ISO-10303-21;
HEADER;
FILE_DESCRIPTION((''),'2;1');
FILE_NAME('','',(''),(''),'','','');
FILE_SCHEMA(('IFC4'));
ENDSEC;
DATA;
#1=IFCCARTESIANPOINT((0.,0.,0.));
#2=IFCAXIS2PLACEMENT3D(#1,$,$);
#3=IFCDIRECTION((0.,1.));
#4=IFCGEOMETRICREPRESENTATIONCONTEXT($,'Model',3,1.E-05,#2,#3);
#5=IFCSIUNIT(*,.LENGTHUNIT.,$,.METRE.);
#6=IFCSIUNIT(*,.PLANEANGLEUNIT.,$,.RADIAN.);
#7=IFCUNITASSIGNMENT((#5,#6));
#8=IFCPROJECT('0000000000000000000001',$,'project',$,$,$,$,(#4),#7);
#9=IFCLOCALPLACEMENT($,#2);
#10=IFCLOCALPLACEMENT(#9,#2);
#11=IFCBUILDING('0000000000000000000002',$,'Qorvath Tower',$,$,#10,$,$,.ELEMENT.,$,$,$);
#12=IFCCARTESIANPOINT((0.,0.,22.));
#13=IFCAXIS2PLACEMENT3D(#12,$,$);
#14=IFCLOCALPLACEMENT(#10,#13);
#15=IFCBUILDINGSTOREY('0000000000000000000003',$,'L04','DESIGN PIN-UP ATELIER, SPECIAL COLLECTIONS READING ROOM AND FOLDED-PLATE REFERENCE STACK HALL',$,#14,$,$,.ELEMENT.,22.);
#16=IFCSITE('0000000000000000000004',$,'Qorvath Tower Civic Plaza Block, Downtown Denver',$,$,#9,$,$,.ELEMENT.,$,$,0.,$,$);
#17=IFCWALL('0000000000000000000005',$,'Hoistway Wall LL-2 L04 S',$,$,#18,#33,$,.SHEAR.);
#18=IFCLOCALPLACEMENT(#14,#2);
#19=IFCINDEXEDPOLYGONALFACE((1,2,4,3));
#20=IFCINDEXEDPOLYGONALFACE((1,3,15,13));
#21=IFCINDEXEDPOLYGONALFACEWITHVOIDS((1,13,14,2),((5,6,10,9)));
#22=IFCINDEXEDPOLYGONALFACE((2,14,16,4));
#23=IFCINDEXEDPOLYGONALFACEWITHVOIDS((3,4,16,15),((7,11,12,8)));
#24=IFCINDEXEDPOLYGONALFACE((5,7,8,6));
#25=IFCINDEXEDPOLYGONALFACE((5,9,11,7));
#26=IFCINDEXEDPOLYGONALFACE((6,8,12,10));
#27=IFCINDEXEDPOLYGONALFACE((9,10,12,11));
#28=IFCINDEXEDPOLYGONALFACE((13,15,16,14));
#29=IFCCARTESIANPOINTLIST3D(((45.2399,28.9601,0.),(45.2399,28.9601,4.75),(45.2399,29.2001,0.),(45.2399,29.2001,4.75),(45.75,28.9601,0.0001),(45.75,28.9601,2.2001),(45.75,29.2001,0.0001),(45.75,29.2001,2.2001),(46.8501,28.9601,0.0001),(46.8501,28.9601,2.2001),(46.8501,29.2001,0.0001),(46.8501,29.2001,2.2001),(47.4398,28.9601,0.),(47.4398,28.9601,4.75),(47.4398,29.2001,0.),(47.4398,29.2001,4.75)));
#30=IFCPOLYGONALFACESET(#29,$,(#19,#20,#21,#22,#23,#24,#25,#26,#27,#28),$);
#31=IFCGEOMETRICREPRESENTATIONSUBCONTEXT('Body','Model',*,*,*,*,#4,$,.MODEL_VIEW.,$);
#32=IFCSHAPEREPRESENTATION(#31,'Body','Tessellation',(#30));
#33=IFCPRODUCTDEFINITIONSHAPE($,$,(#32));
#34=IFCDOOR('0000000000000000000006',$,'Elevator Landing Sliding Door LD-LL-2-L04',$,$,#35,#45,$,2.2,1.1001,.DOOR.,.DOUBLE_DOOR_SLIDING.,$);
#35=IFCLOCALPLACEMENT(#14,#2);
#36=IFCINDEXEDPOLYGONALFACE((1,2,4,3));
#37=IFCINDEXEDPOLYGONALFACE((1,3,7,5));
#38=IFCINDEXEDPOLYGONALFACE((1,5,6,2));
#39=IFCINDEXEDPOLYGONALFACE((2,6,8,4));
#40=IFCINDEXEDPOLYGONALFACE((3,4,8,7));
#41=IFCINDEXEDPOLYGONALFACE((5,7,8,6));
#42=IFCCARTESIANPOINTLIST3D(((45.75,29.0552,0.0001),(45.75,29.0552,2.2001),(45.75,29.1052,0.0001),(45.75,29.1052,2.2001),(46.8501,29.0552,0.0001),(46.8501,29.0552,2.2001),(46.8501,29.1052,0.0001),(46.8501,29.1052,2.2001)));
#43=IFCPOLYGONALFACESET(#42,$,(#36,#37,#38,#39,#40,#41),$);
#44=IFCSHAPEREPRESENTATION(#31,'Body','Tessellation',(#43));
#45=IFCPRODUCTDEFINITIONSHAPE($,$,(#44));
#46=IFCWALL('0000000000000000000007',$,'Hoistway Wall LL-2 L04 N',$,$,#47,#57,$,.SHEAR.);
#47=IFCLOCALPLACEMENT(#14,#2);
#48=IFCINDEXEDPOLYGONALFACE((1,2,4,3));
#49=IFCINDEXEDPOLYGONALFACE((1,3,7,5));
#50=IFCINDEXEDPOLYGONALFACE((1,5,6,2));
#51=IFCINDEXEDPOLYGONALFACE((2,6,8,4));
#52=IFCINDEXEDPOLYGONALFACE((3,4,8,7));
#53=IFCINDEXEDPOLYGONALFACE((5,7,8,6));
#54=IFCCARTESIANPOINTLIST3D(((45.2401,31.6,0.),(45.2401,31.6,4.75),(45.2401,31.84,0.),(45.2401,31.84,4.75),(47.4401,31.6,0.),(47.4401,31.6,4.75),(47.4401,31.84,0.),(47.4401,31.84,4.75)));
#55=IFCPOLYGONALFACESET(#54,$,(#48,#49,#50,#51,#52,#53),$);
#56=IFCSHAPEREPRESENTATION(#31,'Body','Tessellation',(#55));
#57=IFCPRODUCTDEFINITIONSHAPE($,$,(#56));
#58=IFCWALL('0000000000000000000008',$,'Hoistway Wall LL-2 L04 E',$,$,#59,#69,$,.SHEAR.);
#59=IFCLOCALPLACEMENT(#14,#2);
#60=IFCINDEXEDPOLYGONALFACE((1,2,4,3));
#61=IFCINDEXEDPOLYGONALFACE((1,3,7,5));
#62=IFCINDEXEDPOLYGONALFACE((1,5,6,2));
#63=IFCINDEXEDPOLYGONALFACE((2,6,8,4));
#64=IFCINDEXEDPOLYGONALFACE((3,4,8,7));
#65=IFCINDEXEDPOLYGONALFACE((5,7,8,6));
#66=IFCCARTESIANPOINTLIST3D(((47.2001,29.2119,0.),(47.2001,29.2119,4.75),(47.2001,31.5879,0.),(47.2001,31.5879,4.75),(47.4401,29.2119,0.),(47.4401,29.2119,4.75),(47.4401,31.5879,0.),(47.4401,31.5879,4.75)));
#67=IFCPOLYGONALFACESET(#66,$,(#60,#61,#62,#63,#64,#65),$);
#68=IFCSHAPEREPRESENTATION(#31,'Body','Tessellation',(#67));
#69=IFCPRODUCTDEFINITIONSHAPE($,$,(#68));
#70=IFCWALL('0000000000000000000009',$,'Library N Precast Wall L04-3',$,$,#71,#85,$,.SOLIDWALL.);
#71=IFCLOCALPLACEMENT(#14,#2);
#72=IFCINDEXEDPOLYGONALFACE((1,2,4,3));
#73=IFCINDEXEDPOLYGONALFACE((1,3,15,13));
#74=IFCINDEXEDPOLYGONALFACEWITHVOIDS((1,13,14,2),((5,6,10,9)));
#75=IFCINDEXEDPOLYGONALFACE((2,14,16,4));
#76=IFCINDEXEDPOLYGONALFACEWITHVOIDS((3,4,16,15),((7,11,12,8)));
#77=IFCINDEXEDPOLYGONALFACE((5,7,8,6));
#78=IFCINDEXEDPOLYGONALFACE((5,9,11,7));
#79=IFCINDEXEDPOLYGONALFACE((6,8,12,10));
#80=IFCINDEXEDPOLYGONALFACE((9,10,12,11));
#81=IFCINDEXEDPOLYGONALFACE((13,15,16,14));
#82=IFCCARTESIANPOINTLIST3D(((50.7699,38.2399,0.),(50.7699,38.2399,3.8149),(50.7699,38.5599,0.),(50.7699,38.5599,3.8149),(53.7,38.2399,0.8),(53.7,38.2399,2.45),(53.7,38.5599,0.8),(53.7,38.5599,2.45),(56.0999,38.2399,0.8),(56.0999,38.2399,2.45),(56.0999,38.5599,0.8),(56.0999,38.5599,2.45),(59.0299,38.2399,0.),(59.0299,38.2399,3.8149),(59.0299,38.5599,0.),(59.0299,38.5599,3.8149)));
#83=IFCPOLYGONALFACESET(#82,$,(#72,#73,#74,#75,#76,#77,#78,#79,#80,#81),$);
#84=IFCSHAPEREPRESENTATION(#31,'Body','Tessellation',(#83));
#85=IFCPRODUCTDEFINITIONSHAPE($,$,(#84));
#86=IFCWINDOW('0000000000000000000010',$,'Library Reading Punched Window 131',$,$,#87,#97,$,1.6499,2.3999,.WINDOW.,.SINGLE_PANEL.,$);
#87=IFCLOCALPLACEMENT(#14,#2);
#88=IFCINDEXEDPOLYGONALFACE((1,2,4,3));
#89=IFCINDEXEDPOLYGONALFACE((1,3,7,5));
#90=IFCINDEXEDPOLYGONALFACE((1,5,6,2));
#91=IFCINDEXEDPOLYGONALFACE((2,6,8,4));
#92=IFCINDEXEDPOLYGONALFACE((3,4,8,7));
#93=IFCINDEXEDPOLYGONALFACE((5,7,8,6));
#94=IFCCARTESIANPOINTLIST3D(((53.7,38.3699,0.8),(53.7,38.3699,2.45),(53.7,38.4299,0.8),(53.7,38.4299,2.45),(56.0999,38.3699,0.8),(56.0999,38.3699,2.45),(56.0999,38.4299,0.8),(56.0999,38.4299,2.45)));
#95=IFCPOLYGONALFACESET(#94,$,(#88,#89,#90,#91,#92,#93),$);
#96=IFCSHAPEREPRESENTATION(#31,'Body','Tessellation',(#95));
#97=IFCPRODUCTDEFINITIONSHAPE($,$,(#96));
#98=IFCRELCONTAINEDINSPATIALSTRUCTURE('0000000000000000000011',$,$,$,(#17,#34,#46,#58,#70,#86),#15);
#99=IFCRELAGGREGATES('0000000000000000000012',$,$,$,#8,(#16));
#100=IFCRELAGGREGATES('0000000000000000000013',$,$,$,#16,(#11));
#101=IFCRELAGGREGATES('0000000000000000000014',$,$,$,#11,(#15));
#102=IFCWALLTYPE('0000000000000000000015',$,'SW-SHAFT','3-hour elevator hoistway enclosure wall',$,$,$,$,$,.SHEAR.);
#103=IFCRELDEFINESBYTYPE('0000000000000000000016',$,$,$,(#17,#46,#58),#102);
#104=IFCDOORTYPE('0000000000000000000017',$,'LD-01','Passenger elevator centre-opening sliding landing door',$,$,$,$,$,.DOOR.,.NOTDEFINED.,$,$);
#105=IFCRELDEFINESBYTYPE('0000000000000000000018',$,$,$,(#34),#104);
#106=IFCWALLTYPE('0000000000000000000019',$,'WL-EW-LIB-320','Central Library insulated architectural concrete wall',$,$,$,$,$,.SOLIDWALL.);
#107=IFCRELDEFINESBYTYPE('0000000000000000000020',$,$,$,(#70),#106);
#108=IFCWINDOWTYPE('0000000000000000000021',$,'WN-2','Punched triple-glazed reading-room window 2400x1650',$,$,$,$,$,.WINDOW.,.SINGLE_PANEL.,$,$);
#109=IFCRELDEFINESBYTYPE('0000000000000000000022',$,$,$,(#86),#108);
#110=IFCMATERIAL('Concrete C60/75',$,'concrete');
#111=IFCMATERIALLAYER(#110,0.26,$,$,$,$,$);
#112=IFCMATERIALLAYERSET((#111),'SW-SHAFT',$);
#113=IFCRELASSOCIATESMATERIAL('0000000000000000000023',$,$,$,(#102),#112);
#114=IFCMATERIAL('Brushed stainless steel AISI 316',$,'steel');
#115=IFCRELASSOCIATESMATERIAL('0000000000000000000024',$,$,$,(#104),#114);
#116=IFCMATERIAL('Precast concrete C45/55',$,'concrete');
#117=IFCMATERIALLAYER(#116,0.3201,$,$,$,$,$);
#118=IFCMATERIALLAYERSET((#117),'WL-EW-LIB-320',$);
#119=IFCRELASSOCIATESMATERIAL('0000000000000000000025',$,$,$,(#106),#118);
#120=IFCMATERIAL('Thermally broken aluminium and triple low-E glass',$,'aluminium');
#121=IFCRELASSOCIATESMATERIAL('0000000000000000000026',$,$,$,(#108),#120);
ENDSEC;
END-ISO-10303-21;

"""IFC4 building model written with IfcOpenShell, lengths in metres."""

from ifc_helpers import new_model, si_unit, direction, frame, frame_2d, origin, place, context, subcontext, project, spatial, rectangle, extrude, material, layer, layer_set, type_object, element, fill, save


model = new_model("IFC4")

# Units and contexts
model_context = context("Model", 3, precision=1e-05, world=origin(), true_north=direction((0.0, 1.0)))
body_context = subcontext(model_context, "Body", "Model", "MODEL_VIEW")
ifc_project = project(units=[si_unit("LENGTHUNIT", "METRE"), si_unit("PLANEANGLEUNIT", "RADIAN")], contexts=[model_context])

# Site, building, storey
site_placement = place(None, origin())
site = spatial("IfcSite", under=ifc_project, at=site_placement, Name="Qorvath Tower Civic Plaza Block, Downtown Denver", CompositionType="ELEMENT", RefElevation=0.0)
building_placement = place(site_placement, origin())
building = spatial("IfcBuilding", under=site, at=building_placement, Name="Qorvath Tower", CompositionType="ELEMENT")
storey_placement = place(building_placement, frame((0.0, 0.0, 22.0)))
storey = spatial("IfcBuildingStorey", under=building, at=storey_placement, Name="L04", Description="DESIGN PIN-UP ATELIER, SPECIAL COLLECTIONS READING ROOM AND FOLDED-PLATE REFERENCE STACK HALL", CompositionType="ELEMENT", Elevation=22.0)

# Shared definitions
ifc_material_1 = material(Name="Concrete C60/75", Category="concrete")
ifc_layer_1 = layer(ifc_material_1, 0.26)
ifc_layer_set_1 = layer_set([ifc_layer_1], Name="SW-SHAFT")
wall_type_1 = type_object("IfcWallType", Name="SW-SHAFT", Description="3-hour elevator hoistway enclosure wall", PredefinedType="SHEAR", material=ifc_layer_set_1)
ifc_material_2 = material(Name="Brushed stainless steel AISI 316", Category="steel")
door_type = type_object("IfcDoorType", Name="LD-01", Description="Passenger elevator centre-opening sliding landing door", OperationType="NOTDEFINED", PredefinedType="DOOR", material=ifc_material_2)

# Wall, opening, door
wall_1_placement = place(storey_placement, frame((47.4399, 29.0801, 0.0), z_axis=(0.0, 0.0, 1.0), x_axis=(-1.0, 0.0, 0.0)))
wall_1 = element("IfcWall", 1, at=wall_1_placement, inside=storey, type_object=wall_type_1, Name="Hoistway Wall LL-2 L04 S", PredefinedType="SHEAR", context=body_context, shape_type="SweptSolid", body=[
    extrude(rectangle(XDim=2.2, YDim=0.24, at=frame_2d((1.1001, 0.0))), origin(), (0.0, 0.0, 1.0), 4.75),
])
opening_1_placement = place(wall_1_placement, frame((0.5898, 0.0, 0.0)))
opening_1 = element("IfcOpeningElement", 2, at=opening_1_placement, cuts=wall_1, PredefinedType="OPENING", context=body_context, shape_type="SweptSolid", body=[
    extrude(rectangle(XDim=1.1001, YDim=2.2, at=frame_2d((0.55, 1.1001))), frame((0.0, 0.1299, 0.0), z_axis=(0.0, -1.0, 0.0), x_axis=(1.0, 0.0, 0.0)), (0.0, 0.0, 1.0), 0.26),
])
door_1_placement = place(opening_1_placement, origin())
door_1 = element("IfcDoor", 3, at=door_1_placement, inside=storey, type_object=door_type, Name="Elevator Landing Sliding Door LD-LL-2-L04", OperationType="DOUBLE_DOOR_SLIDING", OverallHeight=2.2, OverallWidth=1.1001, PredefinedType="DOOR", context=body_context, shape_type="SweptSolid", body=[
    extrude(rectangle(XDim=1.1001, YDim=2.2, at=frame_2d((0.55, 1.1001))), frame((0.0, 0.0249, 0.0), z_axis=(0.0, -1.0, 0.0), x_axis=(1.0, 0.0, 0.0)), (0.0, 0.0, 1.0), 0.05),
])
fill(opening_1, door_1)

# Walls
wall_2_placement = place(storey_placement, frame((45.24, 31.72, 0.0), z_axis=(0.0, 0.0, 1.0), x_axis=(1.0, 0.0, 0.0)))
element("IfcWall", 4, at=wall_2_placement, inside=storey, type_object=wall_type_1, Name="Hoistway Wall LL-2 L04 N", PredefinedType="SHEAR", context=body_context, shape_type="SweptSolid", body=[
    extrude(rectangle(XDim=2.2, YDim=0.24, at=frame_2d((1.1001, 0.0))), origin(), (0.0, 0.0, 1.0), 4.75),
])
wall_3_placement = place(storey_placement, frame((47.3201, 31.5879, 0.0), z_axis=(0.0, 0.0, 1.0), x_axis=(0.0, -1.0, 0.0)))
element("IfcWall", 5, at=wall_3_placement, inside=storey, type_object=wall_type_1, Name="Hoistway Wall LL-2 L04 E", PredefinedType="SHEAR", context=body_context, shape_type="SweptSolid", body=[
    extrude(rectangle(XDim=2.376, YDim=0.24, at=frame_2d((1.188, 0.0))), origin(), (0.0, 0.0, 1.0), 4.75),
])

# Wall, opening, window
ifc_material_3 = material(Name="Precast concrete C45/55", Category="concrete")
ifc_layer_2 = layer(ifc_material_3, 0.3201)
ifc_layer_set_2 = layer_set([ifc_layer_2], Name="WL-EW-LIB-320")
wall_type_2 = type_object("IfcWallType", Name="WL-EW-LIB-320", Description="Central Library insulated architectural concrete wall", PredefinedType="SOLIDWALL", material=ifc_layer_set_2)
wall_4_placement = place(storey_placement, frame((50.77, 38.3999, 0.0), z_axis=(0.0, 0.0, 1.0), x_axis=(1.0, 0.0, 0.0)))
wall_4 = element("IfcWall", 6, at=wall_4_placement, inside=storey, type_object=wall_type_2, Name="Library N Precast Wall L04-3", PredefinedType="SOLIDWALL", context=body_context, shape_type="SweptSolid", body=[
    extrude(rectangle(XDim=8.26, YDim=0.3201, at=frame_2d((4.1299, 0.0))), origin(), (0.0, 0.0, 1.0), 3.8149),
])
opening_2_placement = place(wall_4_placement, frame((2.9299, 0.0, 0.8)))
opening_2 = element("IfcOpeningElement", 7, at=opening_2_placement, cuts=wall_4, PredefinedType="OPENING", context=body_context, shape_type="SweptSolid", body=[
    extrude(rectangle(XDim=2.3999, YDim=1.6499, at=frame_2d((1.2, 0.825))), frame((0.0, 0.1699, 0.0), z_axis=(0.0, -1.0, 0.0), x_axis=(1.0, 0.0, 0.0)), (0.0, 0.0, 1.0), 0.3401),
])
ifc_material_4 = material(Name="Thermally broken aluminium and triple low-E glass", Category="aluminium")
window_type = type_object("IfcWindowType", Name="WN-2", Description="Punched triple-glazed reading-room window 2400x1650", PartitioningType="SINGLE_PANEL", PredefinedType="WINDOW", material=ifc_material_4)
window_placement = place(opening_2_placement, origin())
window = element("IfcWindow", 8, at=window_placement, inside=storey, type_object=window_type, Name="Library Reading Punched Window 131", OverallHeight=1.6499, OverallWidth=2.3999, PartitioningType="SINGLE_PANEL", PredefinedType="WINDOW", context=body_context, shape_type="SweptSolid", body=[
    extrude(rectangle(XDim=2.3999, YDim=1.6499, at=frame_2d((1.2, 0.825))), frame((0.0, 0.03, 0.0), z_axis=(0.0, -1.0, 0.0), x_axis=(1.0, 0.0, 0.0)), (0.0, 0.0, 1.0), 0.0601),
])
fill(opening_2, window)

save(model, "model.ifc")
